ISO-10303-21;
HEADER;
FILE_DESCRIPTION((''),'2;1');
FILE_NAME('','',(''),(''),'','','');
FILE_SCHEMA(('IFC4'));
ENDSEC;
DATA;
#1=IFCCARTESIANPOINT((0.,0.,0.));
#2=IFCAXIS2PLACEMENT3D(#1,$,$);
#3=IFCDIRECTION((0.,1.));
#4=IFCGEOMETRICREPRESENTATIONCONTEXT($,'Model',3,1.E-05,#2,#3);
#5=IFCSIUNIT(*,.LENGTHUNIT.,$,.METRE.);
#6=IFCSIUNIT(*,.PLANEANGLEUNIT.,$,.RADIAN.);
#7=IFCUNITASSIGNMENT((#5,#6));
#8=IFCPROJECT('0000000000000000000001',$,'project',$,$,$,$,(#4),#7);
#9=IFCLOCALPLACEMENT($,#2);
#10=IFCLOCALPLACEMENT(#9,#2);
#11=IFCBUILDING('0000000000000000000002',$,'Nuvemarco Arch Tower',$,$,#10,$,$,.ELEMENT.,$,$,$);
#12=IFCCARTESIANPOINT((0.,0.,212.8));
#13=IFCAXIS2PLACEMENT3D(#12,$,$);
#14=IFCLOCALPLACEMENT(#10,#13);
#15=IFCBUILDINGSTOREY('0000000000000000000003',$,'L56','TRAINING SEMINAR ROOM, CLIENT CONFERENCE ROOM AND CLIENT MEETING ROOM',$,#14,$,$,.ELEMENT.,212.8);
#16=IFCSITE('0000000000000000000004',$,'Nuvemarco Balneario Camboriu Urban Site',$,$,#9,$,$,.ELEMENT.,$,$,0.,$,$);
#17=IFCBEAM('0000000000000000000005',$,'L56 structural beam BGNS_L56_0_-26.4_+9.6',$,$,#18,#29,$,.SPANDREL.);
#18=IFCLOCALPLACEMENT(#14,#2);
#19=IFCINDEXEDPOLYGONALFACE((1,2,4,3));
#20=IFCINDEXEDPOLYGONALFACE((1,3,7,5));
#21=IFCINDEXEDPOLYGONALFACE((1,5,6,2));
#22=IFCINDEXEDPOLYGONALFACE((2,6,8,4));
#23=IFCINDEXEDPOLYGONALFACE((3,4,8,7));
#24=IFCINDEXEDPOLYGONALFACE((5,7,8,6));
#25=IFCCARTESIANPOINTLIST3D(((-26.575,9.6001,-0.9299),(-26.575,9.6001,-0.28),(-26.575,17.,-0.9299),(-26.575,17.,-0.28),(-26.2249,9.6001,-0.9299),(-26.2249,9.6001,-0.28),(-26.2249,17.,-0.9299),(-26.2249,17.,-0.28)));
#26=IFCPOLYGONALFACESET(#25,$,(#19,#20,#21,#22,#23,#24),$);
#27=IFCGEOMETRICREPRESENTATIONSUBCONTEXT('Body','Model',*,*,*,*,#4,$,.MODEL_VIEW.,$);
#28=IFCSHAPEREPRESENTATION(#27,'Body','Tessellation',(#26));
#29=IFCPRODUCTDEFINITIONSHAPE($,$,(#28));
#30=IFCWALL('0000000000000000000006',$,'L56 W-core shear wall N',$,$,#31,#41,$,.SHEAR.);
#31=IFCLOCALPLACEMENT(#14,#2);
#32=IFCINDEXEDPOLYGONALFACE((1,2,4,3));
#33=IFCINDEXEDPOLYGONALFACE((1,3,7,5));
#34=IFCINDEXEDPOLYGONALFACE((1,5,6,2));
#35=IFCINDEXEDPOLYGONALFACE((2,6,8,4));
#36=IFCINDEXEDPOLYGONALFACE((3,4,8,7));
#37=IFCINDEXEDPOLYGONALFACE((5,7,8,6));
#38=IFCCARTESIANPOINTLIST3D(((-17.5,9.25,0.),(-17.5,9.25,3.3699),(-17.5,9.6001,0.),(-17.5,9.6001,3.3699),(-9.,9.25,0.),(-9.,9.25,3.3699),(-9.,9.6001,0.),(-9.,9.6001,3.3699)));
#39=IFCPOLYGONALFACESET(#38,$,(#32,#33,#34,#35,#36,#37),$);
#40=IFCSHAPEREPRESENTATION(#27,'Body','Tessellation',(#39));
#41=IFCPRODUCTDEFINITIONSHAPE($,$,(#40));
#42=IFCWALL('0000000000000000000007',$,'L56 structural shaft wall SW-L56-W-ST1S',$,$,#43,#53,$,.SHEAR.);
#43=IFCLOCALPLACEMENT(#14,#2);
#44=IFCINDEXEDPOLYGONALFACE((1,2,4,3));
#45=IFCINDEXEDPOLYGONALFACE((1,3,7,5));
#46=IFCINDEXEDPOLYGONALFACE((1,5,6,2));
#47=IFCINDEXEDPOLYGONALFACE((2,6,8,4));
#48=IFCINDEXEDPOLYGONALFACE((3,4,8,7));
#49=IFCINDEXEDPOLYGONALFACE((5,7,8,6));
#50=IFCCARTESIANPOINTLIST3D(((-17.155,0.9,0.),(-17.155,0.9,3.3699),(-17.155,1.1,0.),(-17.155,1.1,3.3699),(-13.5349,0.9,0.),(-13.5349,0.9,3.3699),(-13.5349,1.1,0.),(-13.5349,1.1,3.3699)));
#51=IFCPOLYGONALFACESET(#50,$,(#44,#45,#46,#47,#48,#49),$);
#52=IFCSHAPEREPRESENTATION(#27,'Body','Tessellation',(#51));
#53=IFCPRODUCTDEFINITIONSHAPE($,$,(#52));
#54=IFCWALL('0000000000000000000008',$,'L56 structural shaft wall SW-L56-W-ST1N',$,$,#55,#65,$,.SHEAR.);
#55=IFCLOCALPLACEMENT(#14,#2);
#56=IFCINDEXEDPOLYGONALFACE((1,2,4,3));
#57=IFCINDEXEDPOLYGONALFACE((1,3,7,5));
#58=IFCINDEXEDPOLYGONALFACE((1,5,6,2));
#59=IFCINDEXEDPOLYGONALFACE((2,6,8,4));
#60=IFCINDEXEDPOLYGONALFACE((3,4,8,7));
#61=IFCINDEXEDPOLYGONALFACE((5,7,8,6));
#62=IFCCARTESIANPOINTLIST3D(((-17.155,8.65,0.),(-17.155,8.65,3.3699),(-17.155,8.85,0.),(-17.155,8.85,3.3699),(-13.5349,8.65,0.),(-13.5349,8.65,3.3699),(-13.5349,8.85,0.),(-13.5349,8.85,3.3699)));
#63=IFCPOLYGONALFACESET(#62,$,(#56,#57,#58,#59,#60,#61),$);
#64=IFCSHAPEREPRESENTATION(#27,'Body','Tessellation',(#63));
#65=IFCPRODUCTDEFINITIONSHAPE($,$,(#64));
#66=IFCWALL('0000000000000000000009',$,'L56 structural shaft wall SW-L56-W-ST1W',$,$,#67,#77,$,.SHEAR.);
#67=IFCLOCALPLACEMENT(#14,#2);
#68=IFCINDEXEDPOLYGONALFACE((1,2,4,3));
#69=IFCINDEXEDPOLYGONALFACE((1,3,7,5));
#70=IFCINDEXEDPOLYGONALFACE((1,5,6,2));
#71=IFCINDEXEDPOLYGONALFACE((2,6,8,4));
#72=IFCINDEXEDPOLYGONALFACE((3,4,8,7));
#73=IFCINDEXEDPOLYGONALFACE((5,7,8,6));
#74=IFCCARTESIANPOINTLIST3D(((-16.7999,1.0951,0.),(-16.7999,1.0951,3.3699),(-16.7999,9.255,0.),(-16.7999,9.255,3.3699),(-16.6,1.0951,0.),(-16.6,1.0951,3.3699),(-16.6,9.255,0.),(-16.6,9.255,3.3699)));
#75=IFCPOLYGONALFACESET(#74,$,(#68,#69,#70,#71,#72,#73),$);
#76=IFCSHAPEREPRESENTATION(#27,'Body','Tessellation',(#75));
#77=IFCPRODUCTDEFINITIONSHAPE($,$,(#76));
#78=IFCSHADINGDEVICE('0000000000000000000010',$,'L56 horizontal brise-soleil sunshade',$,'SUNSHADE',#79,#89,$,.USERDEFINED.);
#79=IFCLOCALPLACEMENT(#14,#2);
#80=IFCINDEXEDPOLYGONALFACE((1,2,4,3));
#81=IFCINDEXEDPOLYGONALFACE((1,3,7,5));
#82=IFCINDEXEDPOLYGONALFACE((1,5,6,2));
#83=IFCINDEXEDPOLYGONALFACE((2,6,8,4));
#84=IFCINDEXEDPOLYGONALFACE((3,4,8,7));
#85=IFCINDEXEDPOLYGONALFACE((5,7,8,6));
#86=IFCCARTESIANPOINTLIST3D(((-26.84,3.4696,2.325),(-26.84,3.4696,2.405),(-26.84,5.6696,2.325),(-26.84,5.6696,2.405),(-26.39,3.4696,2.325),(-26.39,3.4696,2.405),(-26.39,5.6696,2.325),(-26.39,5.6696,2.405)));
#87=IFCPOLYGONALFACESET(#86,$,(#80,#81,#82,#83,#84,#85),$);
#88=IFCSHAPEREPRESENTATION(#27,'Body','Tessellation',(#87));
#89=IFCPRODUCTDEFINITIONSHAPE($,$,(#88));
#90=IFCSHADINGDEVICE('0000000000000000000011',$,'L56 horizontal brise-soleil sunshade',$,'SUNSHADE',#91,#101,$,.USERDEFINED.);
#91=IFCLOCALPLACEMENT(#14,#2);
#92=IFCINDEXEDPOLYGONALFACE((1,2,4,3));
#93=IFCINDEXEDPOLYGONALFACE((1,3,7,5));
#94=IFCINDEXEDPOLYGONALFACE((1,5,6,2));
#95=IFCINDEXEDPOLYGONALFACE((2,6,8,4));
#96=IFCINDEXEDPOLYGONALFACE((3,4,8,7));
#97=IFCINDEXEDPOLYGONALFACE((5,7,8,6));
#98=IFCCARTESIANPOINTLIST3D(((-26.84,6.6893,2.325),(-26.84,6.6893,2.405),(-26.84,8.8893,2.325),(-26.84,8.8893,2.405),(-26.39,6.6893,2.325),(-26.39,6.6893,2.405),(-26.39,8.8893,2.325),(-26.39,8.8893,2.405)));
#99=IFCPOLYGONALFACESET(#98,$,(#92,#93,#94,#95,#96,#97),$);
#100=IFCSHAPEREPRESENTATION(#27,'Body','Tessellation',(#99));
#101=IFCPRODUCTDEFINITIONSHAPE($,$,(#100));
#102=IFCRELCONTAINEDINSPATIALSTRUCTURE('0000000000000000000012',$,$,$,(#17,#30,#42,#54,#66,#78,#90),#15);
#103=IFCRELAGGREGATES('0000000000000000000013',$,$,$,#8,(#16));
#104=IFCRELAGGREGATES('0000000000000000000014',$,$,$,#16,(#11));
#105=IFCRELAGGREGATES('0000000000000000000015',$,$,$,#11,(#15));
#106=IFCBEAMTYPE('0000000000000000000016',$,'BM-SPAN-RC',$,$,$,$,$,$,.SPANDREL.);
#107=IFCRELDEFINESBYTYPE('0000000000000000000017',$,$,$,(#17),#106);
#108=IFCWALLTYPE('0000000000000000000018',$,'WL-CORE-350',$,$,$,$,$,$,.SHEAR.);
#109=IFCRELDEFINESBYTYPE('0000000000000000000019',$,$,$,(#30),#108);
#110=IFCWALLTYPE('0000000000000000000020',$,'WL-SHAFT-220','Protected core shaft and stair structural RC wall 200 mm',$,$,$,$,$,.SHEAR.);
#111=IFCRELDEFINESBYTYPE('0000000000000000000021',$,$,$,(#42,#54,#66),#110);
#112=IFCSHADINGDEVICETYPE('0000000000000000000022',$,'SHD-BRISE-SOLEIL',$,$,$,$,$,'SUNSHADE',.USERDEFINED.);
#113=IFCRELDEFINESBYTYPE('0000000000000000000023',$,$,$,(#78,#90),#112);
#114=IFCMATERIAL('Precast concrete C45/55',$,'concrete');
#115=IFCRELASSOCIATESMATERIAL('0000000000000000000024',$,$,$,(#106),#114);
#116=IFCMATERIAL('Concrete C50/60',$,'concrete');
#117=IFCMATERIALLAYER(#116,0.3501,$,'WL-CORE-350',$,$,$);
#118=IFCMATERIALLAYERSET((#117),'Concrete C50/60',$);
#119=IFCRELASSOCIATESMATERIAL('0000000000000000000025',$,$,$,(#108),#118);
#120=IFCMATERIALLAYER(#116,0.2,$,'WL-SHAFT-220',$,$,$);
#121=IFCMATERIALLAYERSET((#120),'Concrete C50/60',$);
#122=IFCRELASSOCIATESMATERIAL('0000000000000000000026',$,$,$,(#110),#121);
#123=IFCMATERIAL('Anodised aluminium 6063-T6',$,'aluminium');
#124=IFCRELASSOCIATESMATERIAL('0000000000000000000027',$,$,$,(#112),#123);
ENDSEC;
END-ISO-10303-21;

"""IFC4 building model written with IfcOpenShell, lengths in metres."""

from ifc_helpers import new_model, si_unit, direction, frame, frame_2d, origin, origin_2d, place, context, subcontext, project, spatial, rectangle, extrude, source, transform, mapped, material, layer, layer_set, material_profile, profile_set, type_object, type_shapes, element, save


model = new_model("IFC4")

# Units and contexts
model_context = context("Model", 3, precision=1e-05, world=origin(), true_north=direction((0.0, 1.0)))
body_context = subcontext(model_context, "Body", "Model", "MODEL_VIEW")
ifc_project = project(units=[si_unit("LENGTHUNIT", "METRE"), si_unit("PLANEANGLEUNIT", "RADIAN")], contexts=[model_context])

# Site, building, storey
site_placement = place(None, origin())
site = spatial("IfcSite", under=ifc_project, at=site_placement, Name="Nuvemarco Balneario Camboriu Urban Site", CompositionType="ELEMENT", RefElevation=0.0)
building_placement = place(site_placement, origin())
building = spatial("IfcBuilding", under=site, at=building_placement, Name="Nuvemarco Arch Tower", CompositionType="ELEMENT")
storey_placement = place(building_placement, frame((0.0, 0.0, 212.8)))
storey = spatial("IfcBuildingStorey", under=building, at=storey_placement, Name="L56", Description="TRAINING SEMINAR ROOM, CLIENT CONFERENCE ROOM AND CLIENT MEETING ROOM", CompositionType="ELEMENT", Elevation=212.8)

# Shared definitions
ifc_material_1 = material(Name="Concrete C50/60", Category="concrete")

# Beam
ifc_material_2 = material(Name="Precast concrete C45/55", Category="concrete")
ifc_material_profile_1 = material_profile(ifc_material_2, rectangle(XDim=0.3501, YDim=0.6499, at=origin_2d()), Name="PC-SP-350x650")
ifc_profile_set_1 = profile_set([ifc_material_profile_1], Name="Precast concrete C45/55")
beam_type_1 = type_object("IfcBeamType", Name="BM-SPAN-RC", PredefinedType="SPANDREL", material=ifc_profile_set_1)
beam_1_placement = place(storey_placement, frame((-26.3999, 9.6001, -0.605), z_axis=(0.0, 1.0, 0.0), x_axis=(-1.0, 0.0, 0.0)))
element("IfcBeam", 1, at=beam_1_placement, inside=storey, type_object=beam_type_1, Name="L56 structural beam BGNS_L56_0_-26.4_+9.6", PredefinedType="SPANDREL", context=body_context, shape_type="SweptSolid", body=[
    extrude(rectangle(XDim=0.3501, YDim=0.6499, at=origin_2d()), origin(), (0.0, 0.0, 1.0), 7.3999),
])

# Walls
ifc_layer_1 = layer(ifc_material_1, 0.3501, Name="WL-CORE-350")
ifc_layer_set_1 = layer_set([ifc_layer_1], Name="Concrete C50/60")
wall_type_1 = type_object("IfcWallType", Name="WL-CORE-350", PredefinedType="SHEAR", material=ifc_layer_set_1)
wall_1_placement = place(storey_placement, frame((-17.5, 9.425, 0.0), z_axis=(0.0, 0.0, 1.0), x_axis=(1.0, 0.0, 0.0)))
element("IfcWall", 2, at=wall_1_placement, inside=storey, type_object=wall_type_1, Name="L56 W-core shear wall N", PredefinedType="SHEAR", context=body_context, shape_type="SweptSolid", body=[
    extrude(rectangle(XDim=8.5, YDim=0.3501, at=frame_2d((4.25, 0.0))), origin(), (0.0, 0.0, 1.0), 3.3699),
])
ifc_layer_2 = layer(ifc_material_1, 0.2, Name="WL-SHAFT-220")
ifc_layer_set_2 = layer_set([ifc_layer_2], Name="Concrete C50/60")
wall_type_2 = type_object("IfcWallType", Name="WL-SHAFT-220", Description="Protected core shaft and stair structural RC wall 200 mm", PredefinedType="SHEAR", material=ifc_layer_set_2)
for number, where, z_axis, x_axis, name in (
    (3, (-17.155, 1.0, 0.0), (0.0, 0.0, 1.0), (1.0, 0.0, 0.0), "L56 structural shaft wall SW-L56-W-ST1S"),
    (4, (-17.155, 8.75, 0.0), (0.0, 0.0, 1.0), (1.0, 0.0, 0.0), "L56 structural shaft wall SW-L56-W-ST1N"),
):
    element("IfcWall", number, at=place(storey_placement, frame(where, z_axis=z_axis, x_axis=x_axis)), inside=storey, type_object=wall_type_2, Name=name, PredefinedType="SHEAR", context=body_context, shape_type="SweptSolid", body=[
        extrude(rectangle(XDim=3.6201, YDim=0.2, at=frame_2d((1.8101, 0.0))), origin(), (0.0, 0.0, 1.0), 3.3699),
    ])
wall_2_placement = place(storey_placement, frame((-16.7, 1.095, 0.0), z_axis=(0.0, 0.0, 1.0), x_axis=(0.0, 1.0, 0.0)))
element("IfcWall", 5, at=wall_2_placement, inside=storey, type_object=wall_type_2, Name="L56 structural shaft wall SW-L56-W-ST1W", PredefinedType="SHEAR", context=body_context, shape_type="SweptSolid", body=[
    extrude(rectangle(XDim=8.1599, YDim=0.2, at=frame_2d((4.0801, 0.0))), origin(), (0.0, 0.0, 1.0), 3.3699),
])

# Shading devices
ifc_material_3 = material(Name="Anodised aluminium 6063-T6", Category="aluminium")
shading_device_type = type_object("IfcShadingDeviceType", Name="SHD-BRISE-SOLEIL", ElementType="SUNSHADE", PredefinedType="USERDEFINED", material=ifc_material_3)
shared_shape = source(origin(), body_context, "Body", "SweptSolid", [
    extrude(rectangle(XDim=2.2, YDim=0.45, at=origin_2d()), origin(), (0.0, 0.0, 1.0), 0.0801),
])
type_shapes(shading_device_type, [shared_shape])
for number, where, z_axis, x_axis, name in (
    (6, (-26.615, 4.5696, 2.325), (0.0, 0.0, 1.0), (0.0, 1.0, 0.0), "L56 horizontal brise-soleil sunshade"),
    (7, (-26.615, 7.7893, 2.325), (0.0, 0.0, 1.0), (0.0, 1.0, 0.0), "L56 horizontal brise-soleil sunshade"),
):
    element("IfcShadingDevice", number, at=place(storey_placement, frame(where, z_axis=z_axis, x_axis=x_axis)), inside=storey, type_object=shading_device_type, Name=name, ObjectType="SUNSHADE", PredefinedType="USERDEFINED", context=body_context, shape_type="MappedRepresentation", body=[
        mapped(shared_shape, transform((0.0, 0.0, 0.0), scale=1.0)),
    ])

save(model, "model.ifc")
